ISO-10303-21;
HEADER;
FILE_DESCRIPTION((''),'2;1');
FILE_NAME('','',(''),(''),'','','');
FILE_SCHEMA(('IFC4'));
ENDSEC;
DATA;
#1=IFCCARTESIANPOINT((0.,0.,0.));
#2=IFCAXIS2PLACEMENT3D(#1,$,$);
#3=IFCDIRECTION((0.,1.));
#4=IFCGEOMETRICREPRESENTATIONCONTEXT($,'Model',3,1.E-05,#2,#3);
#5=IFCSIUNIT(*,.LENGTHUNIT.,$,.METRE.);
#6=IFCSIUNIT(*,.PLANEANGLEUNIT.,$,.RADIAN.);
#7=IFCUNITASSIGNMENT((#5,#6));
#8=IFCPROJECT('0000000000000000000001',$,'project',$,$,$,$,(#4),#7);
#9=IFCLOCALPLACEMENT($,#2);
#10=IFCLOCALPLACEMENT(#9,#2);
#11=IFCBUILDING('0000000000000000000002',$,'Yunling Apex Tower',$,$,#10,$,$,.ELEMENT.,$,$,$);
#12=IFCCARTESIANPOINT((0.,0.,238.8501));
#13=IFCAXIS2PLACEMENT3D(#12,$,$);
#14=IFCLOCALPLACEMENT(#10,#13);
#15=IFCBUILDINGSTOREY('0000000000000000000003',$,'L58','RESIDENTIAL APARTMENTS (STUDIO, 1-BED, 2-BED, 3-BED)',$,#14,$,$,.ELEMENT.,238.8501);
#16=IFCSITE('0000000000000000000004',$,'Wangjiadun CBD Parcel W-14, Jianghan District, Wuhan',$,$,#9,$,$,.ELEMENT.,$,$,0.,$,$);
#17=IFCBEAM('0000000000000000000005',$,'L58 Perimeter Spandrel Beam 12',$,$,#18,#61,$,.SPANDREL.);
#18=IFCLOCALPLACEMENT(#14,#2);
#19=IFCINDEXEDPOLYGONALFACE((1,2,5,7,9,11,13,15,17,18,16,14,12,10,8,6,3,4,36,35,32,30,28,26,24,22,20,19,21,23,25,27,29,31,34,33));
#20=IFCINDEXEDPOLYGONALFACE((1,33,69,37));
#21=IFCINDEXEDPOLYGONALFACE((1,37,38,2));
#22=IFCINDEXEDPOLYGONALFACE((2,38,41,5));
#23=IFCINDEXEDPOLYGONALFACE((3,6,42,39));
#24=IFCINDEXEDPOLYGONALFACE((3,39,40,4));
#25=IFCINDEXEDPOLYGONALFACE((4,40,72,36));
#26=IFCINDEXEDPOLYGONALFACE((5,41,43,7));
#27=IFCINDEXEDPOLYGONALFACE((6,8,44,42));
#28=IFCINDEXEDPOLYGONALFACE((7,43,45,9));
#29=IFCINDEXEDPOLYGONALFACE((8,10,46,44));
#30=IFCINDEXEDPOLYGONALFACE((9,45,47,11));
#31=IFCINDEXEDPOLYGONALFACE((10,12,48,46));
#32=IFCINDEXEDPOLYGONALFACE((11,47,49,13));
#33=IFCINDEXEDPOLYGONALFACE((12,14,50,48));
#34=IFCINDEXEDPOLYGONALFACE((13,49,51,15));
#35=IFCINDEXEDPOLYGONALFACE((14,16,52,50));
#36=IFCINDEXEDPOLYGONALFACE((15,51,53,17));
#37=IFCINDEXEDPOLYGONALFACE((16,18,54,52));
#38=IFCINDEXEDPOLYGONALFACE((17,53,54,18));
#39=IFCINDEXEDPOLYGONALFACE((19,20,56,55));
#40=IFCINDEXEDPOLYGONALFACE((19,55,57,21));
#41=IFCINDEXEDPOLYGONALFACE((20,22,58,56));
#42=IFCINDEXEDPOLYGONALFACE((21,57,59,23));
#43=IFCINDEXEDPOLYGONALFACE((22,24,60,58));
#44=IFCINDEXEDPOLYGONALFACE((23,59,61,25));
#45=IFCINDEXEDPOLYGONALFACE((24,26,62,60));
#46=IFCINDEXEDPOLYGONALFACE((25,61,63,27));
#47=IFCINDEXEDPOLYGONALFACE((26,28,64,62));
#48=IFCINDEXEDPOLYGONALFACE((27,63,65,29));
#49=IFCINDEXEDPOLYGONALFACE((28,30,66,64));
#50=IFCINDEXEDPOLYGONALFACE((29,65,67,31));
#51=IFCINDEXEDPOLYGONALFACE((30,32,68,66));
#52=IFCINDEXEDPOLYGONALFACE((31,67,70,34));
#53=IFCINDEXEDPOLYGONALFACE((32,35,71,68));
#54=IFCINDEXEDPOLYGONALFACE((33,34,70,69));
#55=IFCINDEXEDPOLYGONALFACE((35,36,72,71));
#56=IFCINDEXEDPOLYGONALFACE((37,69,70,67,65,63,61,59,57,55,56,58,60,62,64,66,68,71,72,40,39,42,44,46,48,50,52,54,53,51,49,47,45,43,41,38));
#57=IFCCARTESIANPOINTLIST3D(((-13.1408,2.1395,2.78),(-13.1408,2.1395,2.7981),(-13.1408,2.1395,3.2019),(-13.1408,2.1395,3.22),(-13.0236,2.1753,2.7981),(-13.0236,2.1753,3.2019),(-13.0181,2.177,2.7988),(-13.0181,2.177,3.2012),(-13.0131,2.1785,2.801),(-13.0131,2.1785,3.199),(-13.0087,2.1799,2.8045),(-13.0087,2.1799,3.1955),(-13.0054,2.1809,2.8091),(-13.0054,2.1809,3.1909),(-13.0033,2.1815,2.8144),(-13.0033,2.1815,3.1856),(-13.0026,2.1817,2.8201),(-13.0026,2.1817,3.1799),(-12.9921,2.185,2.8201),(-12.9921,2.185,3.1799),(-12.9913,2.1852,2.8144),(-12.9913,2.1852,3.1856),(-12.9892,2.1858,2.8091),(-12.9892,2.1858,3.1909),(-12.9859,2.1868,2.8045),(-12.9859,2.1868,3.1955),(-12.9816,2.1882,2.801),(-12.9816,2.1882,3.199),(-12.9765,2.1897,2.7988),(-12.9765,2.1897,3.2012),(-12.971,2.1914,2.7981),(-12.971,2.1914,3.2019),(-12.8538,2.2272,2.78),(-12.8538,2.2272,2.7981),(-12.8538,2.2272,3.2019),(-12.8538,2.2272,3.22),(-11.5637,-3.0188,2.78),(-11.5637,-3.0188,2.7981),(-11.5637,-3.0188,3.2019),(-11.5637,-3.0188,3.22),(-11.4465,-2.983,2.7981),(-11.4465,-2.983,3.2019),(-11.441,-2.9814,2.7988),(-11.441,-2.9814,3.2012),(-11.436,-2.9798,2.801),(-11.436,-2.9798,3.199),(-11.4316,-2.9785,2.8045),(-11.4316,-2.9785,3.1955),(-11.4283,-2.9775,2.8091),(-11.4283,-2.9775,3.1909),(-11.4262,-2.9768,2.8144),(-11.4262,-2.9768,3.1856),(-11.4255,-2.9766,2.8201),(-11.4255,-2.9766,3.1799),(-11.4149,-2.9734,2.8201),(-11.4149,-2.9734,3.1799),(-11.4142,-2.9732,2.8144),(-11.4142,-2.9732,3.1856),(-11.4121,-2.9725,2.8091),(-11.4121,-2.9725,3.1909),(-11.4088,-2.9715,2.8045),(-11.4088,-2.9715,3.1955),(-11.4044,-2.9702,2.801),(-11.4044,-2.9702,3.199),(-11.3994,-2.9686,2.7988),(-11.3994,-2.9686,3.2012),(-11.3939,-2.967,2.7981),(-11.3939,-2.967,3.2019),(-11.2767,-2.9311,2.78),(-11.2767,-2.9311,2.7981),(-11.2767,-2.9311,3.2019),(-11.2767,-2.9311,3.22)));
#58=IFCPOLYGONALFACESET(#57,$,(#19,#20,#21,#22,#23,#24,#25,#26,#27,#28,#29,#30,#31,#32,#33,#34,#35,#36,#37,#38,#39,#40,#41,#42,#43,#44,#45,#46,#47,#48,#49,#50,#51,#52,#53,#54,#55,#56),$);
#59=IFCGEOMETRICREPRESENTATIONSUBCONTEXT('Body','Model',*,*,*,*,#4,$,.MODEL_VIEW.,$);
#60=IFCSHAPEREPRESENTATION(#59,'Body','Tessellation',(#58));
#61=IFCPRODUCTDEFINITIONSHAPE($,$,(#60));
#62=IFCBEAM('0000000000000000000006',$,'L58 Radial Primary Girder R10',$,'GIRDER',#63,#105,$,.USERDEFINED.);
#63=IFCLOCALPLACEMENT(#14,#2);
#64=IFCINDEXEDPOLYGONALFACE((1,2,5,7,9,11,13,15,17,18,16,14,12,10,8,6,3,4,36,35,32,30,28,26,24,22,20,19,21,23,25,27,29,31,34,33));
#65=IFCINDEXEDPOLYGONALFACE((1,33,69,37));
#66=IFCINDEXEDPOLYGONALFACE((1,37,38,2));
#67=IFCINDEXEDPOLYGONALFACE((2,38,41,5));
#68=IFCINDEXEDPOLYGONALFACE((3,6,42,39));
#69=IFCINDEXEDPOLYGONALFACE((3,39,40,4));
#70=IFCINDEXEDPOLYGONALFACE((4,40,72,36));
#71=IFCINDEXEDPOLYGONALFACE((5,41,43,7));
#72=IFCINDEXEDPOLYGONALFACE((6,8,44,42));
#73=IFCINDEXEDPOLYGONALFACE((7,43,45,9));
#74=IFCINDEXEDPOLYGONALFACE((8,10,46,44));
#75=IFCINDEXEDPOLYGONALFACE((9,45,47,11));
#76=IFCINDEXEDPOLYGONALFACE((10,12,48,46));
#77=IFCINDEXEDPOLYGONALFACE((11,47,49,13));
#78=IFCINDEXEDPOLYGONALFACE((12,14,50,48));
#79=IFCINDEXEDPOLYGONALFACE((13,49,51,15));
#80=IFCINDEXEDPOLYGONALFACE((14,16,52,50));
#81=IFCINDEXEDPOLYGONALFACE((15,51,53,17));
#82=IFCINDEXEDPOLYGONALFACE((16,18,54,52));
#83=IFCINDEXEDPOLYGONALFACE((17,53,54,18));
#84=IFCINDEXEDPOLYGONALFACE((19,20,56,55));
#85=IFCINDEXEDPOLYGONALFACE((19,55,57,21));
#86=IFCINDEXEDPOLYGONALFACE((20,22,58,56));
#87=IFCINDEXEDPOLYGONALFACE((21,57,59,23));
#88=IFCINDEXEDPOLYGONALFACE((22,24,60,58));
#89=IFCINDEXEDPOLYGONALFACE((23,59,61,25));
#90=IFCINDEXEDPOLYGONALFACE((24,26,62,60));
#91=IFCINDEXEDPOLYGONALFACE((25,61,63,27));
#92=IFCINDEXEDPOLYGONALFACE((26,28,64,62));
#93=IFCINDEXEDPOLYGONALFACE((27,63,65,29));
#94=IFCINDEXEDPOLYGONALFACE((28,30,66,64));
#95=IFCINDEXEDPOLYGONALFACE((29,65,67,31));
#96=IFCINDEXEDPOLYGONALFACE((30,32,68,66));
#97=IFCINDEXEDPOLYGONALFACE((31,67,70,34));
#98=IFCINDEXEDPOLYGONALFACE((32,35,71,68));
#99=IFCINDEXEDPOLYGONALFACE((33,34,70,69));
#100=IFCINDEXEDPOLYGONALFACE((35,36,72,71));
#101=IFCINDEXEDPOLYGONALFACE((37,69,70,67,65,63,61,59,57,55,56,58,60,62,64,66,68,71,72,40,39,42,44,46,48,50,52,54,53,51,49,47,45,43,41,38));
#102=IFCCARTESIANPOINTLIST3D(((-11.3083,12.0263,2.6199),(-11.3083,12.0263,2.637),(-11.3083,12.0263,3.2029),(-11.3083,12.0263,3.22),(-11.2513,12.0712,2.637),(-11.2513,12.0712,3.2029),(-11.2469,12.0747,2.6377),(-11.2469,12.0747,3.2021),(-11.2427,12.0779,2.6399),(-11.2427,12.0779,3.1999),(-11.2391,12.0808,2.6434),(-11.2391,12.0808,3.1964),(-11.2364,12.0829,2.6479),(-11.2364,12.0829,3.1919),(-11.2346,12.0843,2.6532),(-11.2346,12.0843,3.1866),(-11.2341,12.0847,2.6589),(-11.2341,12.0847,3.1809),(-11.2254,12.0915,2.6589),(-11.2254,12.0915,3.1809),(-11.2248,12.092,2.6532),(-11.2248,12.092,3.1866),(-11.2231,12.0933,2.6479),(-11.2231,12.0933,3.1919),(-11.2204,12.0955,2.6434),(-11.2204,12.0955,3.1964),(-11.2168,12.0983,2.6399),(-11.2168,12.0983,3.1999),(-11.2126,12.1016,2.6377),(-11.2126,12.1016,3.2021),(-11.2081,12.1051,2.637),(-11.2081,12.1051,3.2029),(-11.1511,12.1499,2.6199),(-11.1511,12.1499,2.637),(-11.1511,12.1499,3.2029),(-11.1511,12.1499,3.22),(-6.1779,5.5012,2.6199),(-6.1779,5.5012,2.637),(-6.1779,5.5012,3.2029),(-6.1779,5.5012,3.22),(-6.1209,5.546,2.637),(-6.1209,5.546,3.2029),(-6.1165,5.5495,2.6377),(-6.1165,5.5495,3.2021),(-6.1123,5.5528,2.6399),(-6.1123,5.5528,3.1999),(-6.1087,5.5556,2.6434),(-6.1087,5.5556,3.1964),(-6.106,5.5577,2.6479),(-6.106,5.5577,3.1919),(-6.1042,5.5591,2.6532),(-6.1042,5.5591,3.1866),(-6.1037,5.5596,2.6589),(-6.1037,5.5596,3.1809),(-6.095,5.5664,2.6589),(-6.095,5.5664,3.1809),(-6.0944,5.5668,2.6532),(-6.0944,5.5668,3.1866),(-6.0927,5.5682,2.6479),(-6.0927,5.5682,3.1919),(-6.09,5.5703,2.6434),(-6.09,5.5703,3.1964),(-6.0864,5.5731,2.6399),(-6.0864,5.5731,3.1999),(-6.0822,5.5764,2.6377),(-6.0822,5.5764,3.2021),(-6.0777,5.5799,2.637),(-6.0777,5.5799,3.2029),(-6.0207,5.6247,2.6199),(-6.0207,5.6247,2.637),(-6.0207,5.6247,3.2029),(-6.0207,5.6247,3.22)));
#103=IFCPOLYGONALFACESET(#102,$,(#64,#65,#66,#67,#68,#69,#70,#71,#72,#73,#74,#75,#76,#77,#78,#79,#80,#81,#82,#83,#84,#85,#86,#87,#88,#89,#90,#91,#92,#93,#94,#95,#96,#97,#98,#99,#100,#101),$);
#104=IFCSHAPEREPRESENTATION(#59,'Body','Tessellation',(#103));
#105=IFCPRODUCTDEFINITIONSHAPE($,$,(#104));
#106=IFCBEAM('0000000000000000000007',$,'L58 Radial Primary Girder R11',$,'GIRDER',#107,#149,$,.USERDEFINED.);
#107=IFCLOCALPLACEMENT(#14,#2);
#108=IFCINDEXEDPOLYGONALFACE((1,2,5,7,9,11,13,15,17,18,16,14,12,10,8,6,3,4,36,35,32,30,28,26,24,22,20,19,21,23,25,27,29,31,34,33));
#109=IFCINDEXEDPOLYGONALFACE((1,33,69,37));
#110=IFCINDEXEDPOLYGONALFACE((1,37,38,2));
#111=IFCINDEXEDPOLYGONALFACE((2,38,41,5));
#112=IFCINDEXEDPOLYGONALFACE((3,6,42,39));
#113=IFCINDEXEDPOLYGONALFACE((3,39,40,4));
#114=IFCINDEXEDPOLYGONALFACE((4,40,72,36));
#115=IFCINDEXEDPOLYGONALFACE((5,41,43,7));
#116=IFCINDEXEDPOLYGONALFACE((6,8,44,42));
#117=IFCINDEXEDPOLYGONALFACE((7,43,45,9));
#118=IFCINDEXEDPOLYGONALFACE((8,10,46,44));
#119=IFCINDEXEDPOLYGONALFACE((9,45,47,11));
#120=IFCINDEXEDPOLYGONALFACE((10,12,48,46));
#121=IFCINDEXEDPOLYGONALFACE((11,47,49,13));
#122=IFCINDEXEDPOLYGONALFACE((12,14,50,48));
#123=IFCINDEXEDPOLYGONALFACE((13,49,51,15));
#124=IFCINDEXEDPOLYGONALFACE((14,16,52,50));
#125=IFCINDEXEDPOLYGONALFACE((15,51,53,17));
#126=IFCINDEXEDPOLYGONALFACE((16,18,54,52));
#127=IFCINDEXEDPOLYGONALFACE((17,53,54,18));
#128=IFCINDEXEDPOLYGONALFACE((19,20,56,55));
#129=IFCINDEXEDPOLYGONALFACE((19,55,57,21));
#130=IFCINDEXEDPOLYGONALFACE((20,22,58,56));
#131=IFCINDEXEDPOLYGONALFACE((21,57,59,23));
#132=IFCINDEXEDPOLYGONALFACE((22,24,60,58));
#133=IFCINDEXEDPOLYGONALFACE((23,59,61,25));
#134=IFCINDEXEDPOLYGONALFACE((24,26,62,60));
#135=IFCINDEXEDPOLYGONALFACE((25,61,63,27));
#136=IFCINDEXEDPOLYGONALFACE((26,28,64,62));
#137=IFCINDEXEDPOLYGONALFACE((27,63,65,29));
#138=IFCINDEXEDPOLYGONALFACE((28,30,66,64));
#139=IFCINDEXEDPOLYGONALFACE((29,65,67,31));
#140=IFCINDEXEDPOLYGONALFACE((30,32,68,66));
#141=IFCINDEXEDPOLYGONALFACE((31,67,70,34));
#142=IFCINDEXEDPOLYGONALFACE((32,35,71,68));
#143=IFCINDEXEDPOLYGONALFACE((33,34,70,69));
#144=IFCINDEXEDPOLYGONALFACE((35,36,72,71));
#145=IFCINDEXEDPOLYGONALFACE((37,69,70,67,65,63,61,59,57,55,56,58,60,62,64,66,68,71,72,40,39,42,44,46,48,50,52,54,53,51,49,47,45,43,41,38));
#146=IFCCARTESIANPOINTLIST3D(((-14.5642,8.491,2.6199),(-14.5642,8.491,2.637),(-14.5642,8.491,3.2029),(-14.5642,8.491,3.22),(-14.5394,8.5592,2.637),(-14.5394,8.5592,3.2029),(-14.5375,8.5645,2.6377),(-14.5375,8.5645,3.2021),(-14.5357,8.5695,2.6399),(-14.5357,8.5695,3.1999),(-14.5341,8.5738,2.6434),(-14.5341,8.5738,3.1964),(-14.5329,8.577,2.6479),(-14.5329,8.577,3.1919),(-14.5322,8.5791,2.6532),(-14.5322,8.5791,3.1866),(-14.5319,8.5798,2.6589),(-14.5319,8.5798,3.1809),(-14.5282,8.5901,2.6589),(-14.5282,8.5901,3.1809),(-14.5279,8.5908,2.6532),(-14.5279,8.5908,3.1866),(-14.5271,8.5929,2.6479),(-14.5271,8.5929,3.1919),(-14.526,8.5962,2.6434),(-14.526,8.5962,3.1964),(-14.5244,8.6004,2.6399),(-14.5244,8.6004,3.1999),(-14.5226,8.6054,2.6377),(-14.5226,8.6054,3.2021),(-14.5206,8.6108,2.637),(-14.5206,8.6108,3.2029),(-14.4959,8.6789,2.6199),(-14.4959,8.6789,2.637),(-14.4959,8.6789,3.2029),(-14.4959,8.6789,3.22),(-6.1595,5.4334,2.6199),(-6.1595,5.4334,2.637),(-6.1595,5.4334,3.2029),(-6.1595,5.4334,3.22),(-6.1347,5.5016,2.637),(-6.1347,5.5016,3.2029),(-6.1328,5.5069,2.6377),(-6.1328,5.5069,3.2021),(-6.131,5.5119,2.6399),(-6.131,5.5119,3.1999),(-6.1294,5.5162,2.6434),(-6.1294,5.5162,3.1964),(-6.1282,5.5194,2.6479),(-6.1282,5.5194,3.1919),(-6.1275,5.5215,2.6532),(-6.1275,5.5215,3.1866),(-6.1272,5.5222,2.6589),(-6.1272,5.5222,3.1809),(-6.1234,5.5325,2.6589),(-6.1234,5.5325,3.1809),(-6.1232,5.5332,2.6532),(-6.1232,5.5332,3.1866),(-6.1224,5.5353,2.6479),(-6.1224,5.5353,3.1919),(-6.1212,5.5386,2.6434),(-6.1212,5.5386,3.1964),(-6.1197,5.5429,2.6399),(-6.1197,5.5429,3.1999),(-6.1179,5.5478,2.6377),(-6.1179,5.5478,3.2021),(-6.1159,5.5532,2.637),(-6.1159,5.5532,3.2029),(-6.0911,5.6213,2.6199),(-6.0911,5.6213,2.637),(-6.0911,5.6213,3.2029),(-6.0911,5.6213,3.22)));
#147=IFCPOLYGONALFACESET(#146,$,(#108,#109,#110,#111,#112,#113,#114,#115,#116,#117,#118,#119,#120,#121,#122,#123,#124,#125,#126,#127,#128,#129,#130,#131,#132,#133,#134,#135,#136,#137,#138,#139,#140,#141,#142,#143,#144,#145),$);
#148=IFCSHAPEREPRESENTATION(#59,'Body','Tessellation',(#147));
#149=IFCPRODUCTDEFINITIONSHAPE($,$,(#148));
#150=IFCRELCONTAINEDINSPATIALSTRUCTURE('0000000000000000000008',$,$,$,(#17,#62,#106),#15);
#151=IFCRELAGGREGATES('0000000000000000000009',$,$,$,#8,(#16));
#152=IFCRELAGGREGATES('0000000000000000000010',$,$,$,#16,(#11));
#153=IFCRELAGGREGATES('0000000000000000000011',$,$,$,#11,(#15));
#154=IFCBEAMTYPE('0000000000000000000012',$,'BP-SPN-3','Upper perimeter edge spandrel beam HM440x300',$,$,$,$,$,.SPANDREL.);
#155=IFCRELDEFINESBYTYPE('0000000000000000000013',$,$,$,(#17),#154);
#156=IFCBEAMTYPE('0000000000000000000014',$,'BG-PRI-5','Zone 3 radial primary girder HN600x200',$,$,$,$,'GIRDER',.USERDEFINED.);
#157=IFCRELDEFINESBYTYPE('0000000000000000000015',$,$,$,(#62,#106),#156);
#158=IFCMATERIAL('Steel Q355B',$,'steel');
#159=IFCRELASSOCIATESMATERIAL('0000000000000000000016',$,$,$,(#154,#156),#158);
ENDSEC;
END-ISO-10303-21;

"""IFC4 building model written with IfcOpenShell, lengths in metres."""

from ifc_helpers import new_model, si_unit, direction, frame, origin, origin_2d, place, context, subcontext, project, spatial, i_section, extrude, source, transform, mapped, material, material_profile, profile_set, type_object, element, save


model = new_model("IFC4")

# Units and contexts
model_context = context("Model", 3, precision=1e-05, world=origin(), true_north=direction((0.0, 1.0)))
body_context = subcontext(model_context, "Body", "Model", "MODEL_VIEW")
ifc_project = project(units=[si_unit("LENGTHUNIT", "METRE"), si_unit("PLANEANGLEUNIT", "RADIAN")], contexts=[model_context])

# Site, building, storey
site_placement = place(None, origin())
site = spatial("IfcSite", under=ifc_project, at=site_placement, Name="Wangjiadun CBD Parcel W-14, Jianghan District, Wuhan", CompositionType="ELEMENT", RefElevation=0.0)
building_placement = place(site_placement, origin())
building = spatial("IfcBuilding", under=site, at=building_placement, Name="Yunling Apex Tower", CompositionType="ELEMENT")
storey_placement = place(building_placement, frame((0.0, 0.0, 238.8501)))
storey = spatial("IfcBuildingStorey", under=building, at=storey_placement, Name="L58", Description="RESIDENTIAL APARTMENTS (STUDIO, 1-BED, 2-BED, 3-BED)", CompositionType="ELEMENT", Elevation=238.8501)

# Beams
ifc_material_1 = material(Name="Steel Q355B", Category="steel")
ifc_material_profile_1 = material_profile(ifc_material_1, i_section(OverallWidth=0.3, OverallDepth=0.4399, WebThickness=0.011, FlangeThickness=0.0181, FilletRadius=0.022, at=origin_2d()))
ifc_profile_set_1 = profile_set([ifc_material_profile_1], Name="Steel Q355B")
beam_type_1 = type_object("IfcBeamType", Name="BP-SPN-3", Description="Upper perimeter edge spandrel beam HM440x300", PredefinedType="SPANDREL", material=ifc_profile_set_1)
shared_shape_1 = source(origin(), body_context, "Body", "SweptSolid", [
    extrude(i_section(OverallWidth=0.3, OverallDepth=0.4399, WebThickness=0.011, FlangeThickness=0.0181, FilletRadius=0.022, at=origin_2d()), origin(), (0.0, 0.0, 1.0), 5.394),
])
for number, where, z_axis, x_axis, name in (
    (1, (-12.9973, 2.1833, 3.0), (0.292381, -0.956302, 0.0), (0.956302, 0.292381, 0.0), "L58 Perimeter Spandrel Beam 12"),
):
    element("IfcBeam", number, at=place(storey_placement, frame(where, z_axis=z_axis, x_axis=x_axis)), inside=storey, type_object=beam_type_1, Name=name, PredefinedType="SPANDREL", context=body_context, shape_type="MappedRepresentation", body=[
        mapped(shared_shape_1, transform((0.0, 0.0, 0.0), scale=1.0)),
    ])
ifc_material_profile_2 = material_profile(ifc_material_1, i_section(OverallWidth=0.2, OverallDepth=0.6001, WebThickness=0.011, FlangeThickness=0.0171, FilletRadius=0.022, at=origin_2d()))
ifc_profile_set_2 = profile_set([ifc_material_profile_2], Name="Steel Q355B")
beam_type_2 = type_object("IfcBeamType", Name="BG-PRI-5", Description="Zone 3 radial primary girder HN600x200", ElementType="GIRDER", PredefinedType="USERDEFINED", material=ifc_profile_set_2)
shared_shape_2 = source(origin(), body_context, "Body", "SweptSolid", [
    extrude(i_section(OverallWidth=0.2, OverallDepth=0.6001, WebThickness=0.011, FlangeThickness=0.0171, FilletRadius=0.022, at=origin_2d()), origin(), (0.0, 0.0, 1.0), 8.3005),
])
beam_1_placement = place(storey_placement, frame((-11.2297, 12.0881, 2.9199), z_axis=(0.61808, -0.786115, 0.0), x_axis=(0.786115, 0.61808, 0.0)))
element("IfcBeam", 2, at=beam_1_placement, inside=storey, type_object=beam_type_2, Name="L58 Radial Primary Girder R10", ObjectType="GIRDER", PredefinedType="USERDEFINED", context=body_context, shape_type="MappedRepresentation", body=[
    mapped(shared_shape_2, transform((0.0, 0.0, 0.0), scale=1.0)),
])
shared_shape_3 = source(origin(), body_context, "Body", "SweptSolid", [
    extrude(i_section(OverallWidth=0.2, OverallDepth=0.6001, WebThickness=0.011, FlangeThickness=0.0171, FilletRadius=0.022, at=origin_2d()), origin(), (0.0, 0.0, 1.0), 8.9436),
])
beam_2_placement = place(storey_placement, frame((-14.53, 8.585, 2.9199), z_axis=(0.939746, -0.341875, 0.0), x_axis=(0.341875, 0.939746, 0.0)))
element("IfcBeam", 3, at=beam_2_placement, inside=storey, type_object=beam_type_2, Name="L58 Radial Primary Girder R11", ObjectType="GIRDER", PredefinedType="USERDEFINED", context=body_context, shape_type="MappedRepresentation", body=[
    mapped(shared_shape_3, transform((0.0, 0.0, 0.0), scale=1.0)),
])

save(model, "model.ifc")
